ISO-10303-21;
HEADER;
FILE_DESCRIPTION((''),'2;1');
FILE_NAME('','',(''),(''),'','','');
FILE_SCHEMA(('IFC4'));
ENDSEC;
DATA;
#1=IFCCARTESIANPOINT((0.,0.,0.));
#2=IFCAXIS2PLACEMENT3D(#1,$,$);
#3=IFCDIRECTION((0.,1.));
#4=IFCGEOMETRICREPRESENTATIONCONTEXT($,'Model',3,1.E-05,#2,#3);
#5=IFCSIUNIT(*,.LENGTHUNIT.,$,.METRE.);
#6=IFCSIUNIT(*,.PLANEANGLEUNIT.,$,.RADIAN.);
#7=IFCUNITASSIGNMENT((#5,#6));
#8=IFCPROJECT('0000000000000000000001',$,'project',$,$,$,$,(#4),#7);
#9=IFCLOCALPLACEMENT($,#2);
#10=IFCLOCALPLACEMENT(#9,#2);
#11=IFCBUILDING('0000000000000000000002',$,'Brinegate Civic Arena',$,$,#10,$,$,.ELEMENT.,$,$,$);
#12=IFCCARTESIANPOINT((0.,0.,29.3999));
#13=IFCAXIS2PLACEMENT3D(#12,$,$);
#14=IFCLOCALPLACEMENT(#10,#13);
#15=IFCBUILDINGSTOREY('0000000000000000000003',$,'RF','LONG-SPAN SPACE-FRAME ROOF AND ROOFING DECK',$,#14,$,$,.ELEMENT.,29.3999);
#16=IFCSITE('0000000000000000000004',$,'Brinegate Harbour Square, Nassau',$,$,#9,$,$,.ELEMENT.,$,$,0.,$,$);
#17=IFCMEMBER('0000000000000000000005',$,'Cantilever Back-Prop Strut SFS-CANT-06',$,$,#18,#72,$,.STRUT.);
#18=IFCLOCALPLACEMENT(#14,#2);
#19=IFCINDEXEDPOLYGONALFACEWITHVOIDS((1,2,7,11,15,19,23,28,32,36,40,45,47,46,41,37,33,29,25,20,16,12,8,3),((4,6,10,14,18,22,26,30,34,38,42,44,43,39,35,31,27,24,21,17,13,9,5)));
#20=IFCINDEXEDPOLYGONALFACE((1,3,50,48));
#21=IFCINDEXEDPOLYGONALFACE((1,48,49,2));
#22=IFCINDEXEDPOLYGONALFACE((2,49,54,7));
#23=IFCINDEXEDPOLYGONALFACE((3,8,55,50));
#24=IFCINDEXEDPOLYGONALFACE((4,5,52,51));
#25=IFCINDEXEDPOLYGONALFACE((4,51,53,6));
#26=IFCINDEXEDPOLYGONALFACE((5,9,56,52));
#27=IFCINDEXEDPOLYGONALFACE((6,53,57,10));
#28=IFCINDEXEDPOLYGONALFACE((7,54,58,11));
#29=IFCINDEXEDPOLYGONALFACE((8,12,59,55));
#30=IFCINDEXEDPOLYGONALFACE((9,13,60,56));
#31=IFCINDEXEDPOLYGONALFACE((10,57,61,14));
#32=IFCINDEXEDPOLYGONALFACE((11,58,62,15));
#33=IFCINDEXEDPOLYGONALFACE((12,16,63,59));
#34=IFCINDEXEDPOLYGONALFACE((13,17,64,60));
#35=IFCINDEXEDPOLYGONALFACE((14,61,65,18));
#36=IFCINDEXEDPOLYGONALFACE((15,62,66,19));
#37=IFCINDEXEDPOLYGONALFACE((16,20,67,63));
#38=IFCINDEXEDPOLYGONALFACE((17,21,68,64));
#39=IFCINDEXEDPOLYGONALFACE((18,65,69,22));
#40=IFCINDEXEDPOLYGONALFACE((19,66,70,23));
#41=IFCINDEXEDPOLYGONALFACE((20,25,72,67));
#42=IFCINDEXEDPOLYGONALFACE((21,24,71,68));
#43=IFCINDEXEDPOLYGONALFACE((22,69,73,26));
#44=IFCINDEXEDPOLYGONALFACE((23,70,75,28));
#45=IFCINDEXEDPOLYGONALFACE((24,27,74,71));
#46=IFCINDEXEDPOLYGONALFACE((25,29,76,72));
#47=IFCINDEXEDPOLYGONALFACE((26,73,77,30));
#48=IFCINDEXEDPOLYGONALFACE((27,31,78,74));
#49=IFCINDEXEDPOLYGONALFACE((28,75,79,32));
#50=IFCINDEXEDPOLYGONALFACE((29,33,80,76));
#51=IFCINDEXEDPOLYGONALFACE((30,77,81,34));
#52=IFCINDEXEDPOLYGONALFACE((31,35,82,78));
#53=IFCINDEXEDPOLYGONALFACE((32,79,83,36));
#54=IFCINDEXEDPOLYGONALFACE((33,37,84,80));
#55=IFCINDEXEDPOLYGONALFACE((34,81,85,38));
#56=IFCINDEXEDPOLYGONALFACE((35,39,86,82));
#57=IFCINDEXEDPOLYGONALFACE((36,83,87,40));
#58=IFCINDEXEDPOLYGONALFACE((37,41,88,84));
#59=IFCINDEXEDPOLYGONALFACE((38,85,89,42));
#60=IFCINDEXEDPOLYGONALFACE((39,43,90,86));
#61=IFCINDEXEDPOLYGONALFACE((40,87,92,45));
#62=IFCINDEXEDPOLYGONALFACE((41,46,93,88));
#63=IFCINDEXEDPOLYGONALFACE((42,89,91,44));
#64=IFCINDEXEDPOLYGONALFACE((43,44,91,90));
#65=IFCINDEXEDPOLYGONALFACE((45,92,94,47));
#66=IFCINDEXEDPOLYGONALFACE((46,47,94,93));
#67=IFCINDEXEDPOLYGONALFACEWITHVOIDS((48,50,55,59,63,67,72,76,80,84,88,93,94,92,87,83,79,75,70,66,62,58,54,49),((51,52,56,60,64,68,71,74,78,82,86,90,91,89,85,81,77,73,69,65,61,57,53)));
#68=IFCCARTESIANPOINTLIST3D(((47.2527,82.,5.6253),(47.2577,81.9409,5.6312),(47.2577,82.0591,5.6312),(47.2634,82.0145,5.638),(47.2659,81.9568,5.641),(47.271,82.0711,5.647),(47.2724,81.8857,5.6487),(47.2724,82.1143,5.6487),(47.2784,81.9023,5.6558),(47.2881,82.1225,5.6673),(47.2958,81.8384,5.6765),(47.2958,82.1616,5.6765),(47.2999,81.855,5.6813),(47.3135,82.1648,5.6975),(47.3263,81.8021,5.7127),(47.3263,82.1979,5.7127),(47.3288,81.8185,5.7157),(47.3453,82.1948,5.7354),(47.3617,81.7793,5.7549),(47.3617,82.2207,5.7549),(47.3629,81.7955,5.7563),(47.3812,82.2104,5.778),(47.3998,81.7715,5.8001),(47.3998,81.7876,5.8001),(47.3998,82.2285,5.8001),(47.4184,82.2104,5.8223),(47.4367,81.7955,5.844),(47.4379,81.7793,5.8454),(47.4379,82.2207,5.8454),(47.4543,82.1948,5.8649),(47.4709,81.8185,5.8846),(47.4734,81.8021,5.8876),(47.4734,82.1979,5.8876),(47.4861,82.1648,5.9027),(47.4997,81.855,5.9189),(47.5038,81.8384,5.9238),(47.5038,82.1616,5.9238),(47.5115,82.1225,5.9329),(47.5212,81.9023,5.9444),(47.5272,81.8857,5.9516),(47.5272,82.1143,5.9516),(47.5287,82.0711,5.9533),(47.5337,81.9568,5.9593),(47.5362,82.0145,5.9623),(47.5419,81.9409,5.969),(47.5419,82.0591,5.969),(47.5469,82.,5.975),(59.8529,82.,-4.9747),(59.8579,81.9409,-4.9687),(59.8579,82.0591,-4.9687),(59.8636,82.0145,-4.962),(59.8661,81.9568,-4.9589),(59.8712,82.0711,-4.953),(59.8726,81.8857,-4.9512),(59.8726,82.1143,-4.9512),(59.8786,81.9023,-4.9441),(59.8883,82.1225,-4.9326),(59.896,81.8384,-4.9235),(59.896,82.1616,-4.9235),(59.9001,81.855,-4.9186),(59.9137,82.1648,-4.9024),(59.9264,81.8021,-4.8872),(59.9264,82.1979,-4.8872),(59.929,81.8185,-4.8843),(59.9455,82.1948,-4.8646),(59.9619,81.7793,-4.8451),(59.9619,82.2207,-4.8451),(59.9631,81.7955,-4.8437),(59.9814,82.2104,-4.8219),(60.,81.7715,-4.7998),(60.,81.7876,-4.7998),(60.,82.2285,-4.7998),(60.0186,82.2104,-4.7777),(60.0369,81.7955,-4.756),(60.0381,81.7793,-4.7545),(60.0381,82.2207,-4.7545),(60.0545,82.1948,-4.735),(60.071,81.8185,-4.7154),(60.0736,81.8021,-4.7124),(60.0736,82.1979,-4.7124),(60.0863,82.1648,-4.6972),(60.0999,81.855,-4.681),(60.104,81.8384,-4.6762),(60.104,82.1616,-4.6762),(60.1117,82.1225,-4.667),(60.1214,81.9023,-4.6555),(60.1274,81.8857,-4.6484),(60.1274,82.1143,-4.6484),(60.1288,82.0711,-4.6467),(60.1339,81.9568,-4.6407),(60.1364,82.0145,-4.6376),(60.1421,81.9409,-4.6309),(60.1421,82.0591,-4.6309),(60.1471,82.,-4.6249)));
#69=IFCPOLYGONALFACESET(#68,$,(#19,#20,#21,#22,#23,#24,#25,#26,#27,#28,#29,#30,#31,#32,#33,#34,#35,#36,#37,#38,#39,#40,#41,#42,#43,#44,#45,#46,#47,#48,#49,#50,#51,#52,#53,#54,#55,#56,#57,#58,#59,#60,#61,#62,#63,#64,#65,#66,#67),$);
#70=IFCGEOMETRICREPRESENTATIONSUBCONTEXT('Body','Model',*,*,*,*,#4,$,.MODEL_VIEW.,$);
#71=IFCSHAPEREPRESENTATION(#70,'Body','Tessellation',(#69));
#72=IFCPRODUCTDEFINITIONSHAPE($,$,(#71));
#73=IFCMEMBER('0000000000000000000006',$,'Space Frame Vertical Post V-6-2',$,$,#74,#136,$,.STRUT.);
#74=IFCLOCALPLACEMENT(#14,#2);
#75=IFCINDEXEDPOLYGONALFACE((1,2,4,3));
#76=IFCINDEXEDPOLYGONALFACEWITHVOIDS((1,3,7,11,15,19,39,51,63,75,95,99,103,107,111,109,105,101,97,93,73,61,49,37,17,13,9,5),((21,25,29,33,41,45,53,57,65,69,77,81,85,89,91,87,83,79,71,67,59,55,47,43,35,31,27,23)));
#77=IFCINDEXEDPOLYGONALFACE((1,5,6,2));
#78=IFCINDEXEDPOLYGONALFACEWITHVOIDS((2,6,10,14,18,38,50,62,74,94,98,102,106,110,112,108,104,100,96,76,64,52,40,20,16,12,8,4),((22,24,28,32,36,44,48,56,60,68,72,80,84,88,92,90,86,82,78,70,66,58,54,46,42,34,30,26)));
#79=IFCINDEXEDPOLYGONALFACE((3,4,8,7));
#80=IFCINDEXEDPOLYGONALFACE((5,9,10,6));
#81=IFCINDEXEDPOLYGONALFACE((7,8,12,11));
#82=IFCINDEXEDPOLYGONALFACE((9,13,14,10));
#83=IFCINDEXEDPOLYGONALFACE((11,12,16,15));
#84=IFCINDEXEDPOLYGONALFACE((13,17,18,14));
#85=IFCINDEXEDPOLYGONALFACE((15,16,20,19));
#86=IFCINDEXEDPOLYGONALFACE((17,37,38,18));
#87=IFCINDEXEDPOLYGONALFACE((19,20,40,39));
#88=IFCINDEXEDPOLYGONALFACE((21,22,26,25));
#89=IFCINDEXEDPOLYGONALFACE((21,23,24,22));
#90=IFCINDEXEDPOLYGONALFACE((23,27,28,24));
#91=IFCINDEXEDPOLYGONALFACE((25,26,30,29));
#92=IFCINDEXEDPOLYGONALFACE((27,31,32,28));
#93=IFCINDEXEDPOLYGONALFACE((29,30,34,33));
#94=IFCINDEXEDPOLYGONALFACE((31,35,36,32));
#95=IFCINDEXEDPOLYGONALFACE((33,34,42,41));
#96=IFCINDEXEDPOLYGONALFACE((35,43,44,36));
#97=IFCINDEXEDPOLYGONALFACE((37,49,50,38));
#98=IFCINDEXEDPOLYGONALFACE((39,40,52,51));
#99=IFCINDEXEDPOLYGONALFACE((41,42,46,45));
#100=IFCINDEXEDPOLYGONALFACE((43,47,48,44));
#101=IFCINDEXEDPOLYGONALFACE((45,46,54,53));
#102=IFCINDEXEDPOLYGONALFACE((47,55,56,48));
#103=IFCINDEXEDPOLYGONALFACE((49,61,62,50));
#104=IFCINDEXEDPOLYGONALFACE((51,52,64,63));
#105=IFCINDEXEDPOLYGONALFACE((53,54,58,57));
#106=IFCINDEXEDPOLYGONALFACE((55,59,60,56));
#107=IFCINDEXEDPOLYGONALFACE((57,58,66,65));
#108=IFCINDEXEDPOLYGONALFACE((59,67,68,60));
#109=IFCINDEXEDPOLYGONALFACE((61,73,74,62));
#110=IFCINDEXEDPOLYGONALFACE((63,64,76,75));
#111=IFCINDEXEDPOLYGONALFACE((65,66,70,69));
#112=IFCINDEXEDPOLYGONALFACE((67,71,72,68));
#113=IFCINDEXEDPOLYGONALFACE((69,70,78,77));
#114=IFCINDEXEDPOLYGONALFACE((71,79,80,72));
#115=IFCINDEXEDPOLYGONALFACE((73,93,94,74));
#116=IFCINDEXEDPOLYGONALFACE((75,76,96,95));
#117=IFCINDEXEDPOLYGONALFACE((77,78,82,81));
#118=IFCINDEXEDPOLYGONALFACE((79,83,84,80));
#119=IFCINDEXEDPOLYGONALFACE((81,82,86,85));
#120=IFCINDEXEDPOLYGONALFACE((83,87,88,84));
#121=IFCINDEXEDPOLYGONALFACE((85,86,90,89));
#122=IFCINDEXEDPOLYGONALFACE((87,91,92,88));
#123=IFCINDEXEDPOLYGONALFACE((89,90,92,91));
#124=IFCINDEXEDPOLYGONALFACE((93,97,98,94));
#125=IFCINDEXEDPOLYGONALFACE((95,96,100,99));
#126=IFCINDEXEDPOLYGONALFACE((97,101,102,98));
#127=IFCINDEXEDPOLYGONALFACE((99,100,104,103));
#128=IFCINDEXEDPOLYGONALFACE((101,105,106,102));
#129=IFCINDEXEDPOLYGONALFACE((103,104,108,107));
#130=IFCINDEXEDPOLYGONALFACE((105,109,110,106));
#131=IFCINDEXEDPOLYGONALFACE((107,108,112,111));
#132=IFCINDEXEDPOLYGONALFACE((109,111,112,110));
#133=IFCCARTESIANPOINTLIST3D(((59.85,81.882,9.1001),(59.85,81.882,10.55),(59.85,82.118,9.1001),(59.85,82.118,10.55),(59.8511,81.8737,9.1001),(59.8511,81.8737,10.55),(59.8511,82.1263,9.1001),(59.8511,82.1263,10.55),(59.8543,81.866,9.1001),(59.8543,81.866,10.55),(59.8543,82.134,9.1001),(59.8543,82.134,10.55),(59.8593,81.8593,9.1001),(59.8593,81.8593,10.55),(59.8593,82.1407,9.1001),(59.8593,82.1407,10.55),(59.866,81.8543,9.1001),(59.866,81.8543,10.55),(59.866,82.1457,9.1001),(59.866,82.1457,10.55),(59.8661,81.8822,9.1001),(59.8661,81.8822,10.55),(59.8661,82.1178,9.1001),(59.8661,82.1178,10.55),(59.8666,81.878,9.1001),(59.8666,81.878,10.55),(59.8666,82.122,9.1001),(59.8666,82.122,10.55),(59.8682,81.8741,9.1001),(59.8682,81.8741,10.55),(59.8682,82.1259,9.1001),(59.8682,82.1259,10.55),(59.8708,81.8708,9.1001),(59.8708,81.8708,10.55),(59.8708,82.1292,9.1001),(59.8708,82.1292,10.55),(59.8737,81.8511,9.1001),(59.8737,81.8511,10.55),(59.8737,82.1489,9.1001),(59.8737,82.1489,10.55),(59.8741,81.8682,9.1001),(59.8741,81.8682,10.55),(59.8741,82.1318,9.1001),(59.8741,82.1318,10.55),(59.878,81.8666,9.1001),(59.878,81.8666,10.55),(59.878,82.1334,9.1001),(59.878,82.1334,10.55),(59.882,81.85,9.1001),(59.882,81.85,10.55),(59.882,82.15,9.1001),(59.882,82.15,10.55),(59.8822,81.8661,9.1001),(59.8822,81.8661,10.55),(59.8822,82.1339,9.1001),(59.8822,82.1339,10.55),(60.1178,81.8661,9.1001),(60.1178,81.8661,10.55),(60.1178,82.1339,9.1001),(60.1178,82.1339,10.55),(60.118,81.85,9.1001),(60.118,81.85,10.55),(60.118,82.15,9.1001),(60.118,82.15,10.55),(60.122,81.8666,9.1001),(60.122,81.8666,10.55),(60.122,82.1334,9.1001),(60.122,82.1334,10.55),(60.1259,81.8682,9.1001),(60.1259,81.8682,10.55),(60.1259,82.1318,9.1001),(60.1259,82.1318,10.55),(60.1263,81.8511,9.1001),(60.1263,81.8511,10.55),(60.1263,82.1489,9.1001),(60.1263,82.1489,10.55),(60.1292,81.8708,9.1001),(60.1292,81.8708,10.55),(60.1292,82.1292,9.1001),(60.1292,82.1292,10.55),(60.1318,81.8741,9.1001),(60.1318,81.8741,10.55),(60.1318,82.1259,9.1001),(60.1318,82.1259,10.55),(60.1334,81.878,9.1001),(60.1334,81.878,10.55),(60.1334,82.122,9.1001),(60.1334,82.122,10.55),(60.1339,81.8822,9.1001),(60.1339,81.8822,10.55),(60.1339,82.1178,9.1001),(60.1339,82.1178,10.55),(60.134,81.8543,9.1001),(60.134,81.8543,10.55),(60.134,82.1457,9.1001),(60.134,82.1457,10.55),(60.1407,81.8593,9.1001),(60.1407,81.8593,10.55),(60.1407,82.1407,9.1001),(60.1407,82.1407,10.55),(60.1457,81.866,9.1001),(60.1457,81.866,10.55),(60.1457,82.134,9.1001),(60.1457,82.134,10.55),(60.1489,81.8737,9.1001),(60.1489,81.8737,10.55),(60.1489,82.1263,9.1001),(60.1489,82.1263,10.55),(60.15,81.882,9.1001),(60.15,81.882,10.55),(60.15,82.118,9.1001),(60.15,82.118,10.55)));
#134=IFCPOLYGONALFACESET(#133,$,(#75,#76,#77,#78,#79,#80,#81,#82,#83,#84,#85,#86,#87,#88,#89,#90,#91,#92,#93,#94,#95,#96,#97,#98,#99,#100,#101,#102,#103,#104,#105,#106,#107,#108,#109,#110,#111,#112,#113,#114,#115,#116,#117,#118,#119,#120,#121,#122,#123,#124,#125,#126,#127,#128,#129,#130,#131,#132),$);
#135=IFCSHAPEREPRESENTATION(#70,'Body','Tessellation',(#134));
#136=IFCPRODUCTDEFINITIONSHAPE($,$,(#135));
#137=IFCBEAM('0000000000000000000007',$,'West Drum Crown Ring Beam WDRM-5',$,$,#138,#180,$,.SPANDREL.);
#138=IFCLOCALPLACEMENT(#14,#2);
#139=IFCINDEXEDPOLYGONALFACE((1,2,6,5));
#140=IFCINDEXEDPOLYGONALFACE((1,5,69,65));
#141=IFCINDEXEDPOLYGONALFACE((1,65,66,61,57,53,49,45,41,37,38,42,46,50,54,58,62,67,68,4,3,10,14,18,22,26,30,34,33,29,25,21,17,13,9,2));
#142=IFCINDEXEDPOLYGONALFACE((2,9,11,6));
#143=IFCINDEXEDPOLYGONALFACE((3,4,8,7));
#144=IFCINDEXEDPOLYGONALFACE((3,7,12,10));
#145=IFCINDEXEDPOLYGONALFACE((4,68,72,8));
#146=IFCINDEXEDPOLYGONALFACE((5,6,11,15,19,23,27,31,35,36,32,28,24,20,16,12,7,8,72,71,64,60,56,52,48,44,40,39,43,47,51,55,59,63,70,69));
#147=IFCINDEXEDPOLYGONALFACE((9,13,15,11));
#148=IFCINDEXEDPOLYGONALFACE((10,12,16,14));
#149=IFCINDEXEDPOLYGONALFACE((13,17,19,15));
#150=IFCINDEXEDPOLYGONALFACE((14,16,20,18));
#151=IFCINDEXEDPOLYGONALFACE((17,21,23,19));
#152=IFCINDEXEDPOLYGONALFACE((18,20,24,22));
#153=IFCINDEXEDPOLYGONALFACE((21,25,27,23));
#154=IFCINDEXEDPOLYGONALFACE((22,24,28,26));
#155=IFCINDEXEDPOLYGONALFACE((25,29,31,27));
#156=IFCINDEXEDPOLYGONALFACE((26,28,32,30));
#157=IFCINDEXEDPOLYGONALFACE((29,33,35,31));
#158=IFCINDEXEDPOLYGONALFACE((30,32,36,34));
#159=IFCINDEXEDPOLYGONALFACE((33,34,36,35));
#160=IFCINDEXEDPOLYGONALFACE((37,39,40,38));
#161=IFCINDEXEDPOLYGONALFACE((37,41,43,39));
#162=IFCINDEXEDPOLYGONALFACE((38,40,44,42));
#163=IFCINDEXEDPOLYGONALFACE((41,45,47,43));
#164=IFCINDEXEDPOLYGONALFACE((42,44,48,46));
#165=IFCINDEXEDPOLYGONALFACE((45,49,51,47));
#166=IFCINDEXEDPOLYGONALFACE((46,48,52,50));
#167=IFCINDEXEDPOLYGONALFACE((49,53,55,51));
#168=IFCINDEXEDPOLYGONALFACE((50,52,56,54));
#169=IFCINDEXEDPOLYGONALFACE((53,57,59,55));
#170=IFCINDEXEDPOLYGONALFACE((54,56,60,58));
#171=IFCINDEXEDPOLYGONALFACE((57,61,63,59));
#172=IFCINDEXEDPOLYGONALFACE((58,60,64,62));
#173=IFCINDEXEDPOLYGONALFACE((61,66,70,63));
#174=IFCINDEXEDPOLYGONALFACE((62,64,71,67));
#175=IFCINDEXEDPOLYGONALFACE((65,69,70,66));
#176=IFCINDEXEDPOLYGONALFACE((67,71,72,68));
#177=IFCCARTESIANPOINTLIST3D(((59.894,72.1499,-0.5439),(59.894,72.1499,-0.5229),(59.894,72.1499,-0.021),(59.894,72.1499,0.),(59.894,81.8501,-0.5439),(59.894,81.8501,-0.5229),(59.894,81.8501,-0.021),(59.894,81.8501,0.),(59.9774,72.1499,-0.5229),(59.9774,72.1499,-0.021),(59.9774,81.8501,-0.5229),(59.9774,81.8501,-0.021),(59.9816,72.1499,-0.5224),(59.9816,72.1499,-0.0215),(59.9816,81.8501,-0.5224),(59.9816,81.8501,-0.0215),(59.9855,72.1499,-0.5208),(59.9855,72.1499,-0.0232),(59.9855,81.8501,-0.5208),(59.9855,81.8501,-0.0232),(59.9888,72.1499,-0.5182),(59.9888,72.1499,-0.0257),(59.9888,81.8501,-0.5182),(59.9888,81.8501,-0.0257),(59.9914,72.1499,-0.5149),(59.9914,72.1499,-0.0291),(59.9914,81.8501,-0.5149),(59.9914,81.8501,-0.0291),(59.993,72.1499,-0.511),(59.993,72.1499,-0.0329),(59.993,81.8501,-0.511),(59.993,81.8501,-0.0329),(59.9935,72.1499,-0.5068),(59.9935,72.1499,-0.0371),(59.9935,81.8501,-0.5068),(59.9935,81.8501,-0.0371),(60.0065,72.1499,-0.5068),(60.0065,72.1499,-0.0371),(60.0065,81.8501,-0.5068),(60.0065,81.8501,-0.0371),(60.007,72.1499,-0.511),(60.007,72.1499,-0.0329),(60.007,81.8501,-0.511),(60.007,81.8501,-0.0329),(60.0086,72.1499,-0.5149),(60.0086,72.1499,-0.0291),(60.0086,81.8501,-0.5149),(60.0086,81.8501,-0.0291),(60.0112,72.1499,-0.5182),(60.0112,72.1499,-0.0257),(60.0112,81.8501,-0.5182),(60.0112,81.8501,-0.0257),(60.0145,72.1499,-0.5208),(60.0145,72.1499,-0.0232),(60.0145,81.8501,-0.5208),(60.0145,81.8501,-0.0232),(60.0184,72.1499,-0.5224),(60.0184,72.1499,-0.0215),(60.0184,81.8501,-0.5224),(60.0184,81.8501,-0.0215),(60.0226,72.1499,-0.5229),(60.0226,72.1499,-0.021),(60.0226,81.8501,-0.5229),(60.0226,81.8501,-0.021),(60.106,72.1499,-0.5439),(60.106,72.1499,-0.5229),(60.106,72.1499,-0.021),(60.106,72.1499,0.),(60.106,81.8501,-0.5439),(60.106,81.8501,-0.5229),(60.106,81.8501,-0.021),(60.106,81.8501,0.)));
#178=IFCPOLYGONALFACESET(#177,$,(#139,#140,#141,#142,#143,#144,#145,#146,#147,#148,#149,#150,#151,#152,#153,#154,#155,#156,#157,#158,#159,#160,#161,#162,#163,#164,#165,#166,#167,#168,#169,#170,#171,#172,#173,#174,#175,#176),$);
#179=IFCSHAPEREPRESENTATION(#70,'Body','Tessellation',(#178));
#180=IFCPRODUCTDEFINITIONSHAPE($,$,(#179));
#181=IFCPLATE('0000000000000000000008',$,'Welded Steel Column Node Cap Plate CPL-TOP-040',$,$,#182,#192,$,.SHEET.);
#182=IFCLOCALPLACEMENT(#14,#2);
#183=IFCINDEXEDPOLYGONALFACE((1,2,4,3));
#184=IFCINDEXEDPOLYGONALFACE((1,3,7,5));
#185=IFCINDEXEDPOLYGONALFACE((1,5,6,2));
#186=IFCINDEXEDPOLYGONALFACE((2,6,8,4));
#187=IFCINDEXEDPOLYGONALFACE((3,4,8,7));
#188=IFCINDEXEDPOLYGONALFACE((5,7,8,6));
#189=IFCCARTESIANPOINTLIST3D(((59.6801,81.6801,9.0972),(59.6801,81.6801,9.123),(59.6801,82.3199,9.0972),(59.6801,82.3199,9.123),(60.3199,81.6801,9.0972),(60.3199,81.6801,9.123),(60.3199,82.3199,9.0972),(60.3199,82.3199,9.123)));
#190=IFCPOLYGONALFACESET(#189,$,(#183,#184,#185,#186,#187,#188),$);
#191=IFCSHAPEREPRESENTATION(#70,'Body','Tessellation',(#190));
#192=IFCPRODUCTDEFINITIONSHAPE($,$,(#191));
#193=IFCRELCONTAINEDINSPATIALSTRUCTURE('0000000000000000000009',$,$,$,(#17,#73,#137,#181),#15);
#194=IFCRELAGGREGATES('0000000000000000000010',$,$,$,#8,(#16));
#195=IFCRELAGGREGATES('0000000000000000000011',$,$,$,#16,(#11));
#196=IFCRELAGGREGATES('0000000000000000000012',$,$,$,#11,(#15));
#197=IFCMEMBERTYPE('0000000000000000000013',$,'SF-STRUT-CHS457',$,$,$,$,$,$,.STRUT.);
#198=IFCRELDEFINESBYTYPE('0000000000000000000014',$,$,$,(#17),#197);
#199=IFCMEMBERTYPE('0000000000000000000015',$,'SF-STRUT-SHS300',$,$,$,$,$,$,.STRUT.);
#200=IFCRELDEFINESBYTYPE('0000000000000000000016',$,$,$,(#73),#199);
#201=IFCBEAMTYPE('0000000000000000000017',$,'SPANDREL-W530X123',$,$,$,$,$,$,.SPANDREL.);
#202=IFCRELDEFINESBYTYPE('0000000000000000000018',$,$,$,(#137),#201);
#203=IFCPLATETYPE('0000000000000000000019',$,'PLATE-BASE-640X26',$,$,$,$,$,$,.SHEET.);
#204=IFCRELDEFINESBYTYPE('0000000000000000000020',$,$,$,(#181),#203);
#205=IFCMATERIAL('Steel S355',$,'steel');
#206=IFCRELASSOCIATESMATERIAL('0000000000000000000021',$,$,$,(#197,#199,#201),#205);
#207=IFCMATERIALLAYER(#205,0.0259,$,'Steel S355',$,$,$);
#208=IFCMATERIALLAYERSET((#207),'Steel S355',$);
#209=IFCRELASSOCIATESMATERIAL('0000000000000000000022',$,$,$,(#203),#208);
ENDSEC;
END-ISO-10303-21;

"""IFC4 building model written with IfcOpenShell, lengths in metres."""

from ifc_helpers import new_model, si_unit, direction, frame, origin, origin_2d, place, context, subcontext, project, spatial, rectangle, hollow_rectangle, hollow_circle, i_section, extrude, material, layer, layer_set, material_profile, profile_set, type_object, element, save


model = new_model("IFC4")

# Units and contexts
model_context = context("Model", 3, precision=1e-05, world=origin(), true_north=direction((0.0, 1.0)))
body_context = subcontext(model_context, "Body", "Model", "MODEL_VIEW")
ifc_project = project(units=[si_unit("LENGTHUNIT", "METRE"), si_unit("PLANEANGLEUNIT", "RADIAN")], contexts=[model_context])

# Site, building, storey
site_placement = place(None, origin())
site = spatial("IfcSite", under=ifc_project, at=site_placement, Name="Brinegate Harbour Square, Nassau", CompositionType="ELEMENT", RefElevation=0.0)
building_placement = place(site_placement, origin())
building = spatial("IfcBuilding", under=site, at=building_placement, Name="Brinegate Civic Arena", CompositionType="ELEMENT")
storey_placement = place(building_placement, frame((0.0, 0.0, 29.3999)))
storey = spatial("IfcBuildingStorey", under=building, at=storey_placement, Name="RF", Description="LONG-SPAN SPACE-FRAME ROOF AND ROOFING DECK", CompositionType="ELEMENT", Elevation=29.3999)

# Shared definitions
ifc_material_1 = material(Name="Steel S355", Category="steel")

# Members
ifc_material_profile_1 = material_profile(ifc_material_1, hollow_circle(Radius=0.2285, WallThickness=0.0161, at=origin_2d()), Name="CHS457X16")
ifc_profile_set_1 = profile_set([ifc_material_profile_1], Name="Steel S355")
member_type_1 = type_object("IfcMemberType", Name="SF-STRUT-CHS457", PredefinedType="STRUT", material=ifc_profile_set_1)
member_1_placement = place(storey_placement, frame((60.0, 82.0, -4.7998), z_axis=(-0.765233, 0.0, 0.643753), x_axis=(0.0, -1.0, 0.0)))
element("IfcMember", 1, at=member_1_placement, inside=storey, type_object=member_type_1, Name="Cantilever Back-Prop Strut SFS-CANT-06", PredefinedType="STRUT", context=body_context, shape_type="SweptSolid", body=[
    extrude(hollow_circle(Radius=0.2285, WallThickness=0.0161, at=origin_2d()), origin(), (0.0, 0.0, 1.0), 16.4658),
])
ifc_material_profile_2 = material_profile(ifc_material_1, hollow_rectangle(XDim=0.3, YDim=0.3, WallThickness=0.0161, InnerFilletRadius=0.0161, OuterFilletRadius=0.032, at=origin_2d()), Name="SHS300X16")
ifc_profile_set_2 = profile_set([ifc_material_profile_2], Name="Steel S355")
member_type_2 = type_object("IfcMemberType", Name="SF-STRUT-SHS300", PredefinedType="STRUT", material=ifc_profile_set_2)
member_2_placement = place(storey_placement, frame((60.0, 82.0, 9.1001), z_axis=(0.0, 0.0, 1.0), x_axis=(1.0, 0.0, 0.0)))
element("IfcMember", 2, at=member_2_placement, inside=storey, type_object=member_type_2, Name="Space Frame Vertical Post V-6-2", PredefinedType="STRUT", context=body_context, shape_type="SweptSolid", body=[
    extrude(hollow_rectangle(XDim=0.3, YDim=0.3, WallThickness=0.0161, InnerFilletRadius=0.0161, OuterFilletRadius=0.032, at=origin_2d()), origin(), (0.0, 0.0, 1.0), 1.45),
])

# Beam
ifc_material_profile_3 = material_profile(ifc_material_1, i_section(OverallWidth=0.2119, OverallDepth=0.5439, WebThickness=0.0129, FlangeThickness=0.021, FilletRadius=0.0161, at=origin_2d()), Name="W530X123")
ifc_profile_set_3 = profile_set([ifc_material_profile_3], Name="Steel S355")
beam_type = type_object("IfcBeamType", Name="SPANDREL-W530X123", PredefinedType="SPANDREL", material=ifc_profile_set_3)
beam_placement = place(storey_placement, frame((60.0, 72.1499, -0.272), z_axis=(0.0, 1.0, 0.0), x_axis=(-1.0, 0.0, 0.0)))
element("IfcBeam", 3, at=beam_placement, inside=storey, type_object=beam_type, Name="West Drum Crown Ring Beam WDRM-5", PredefinedType="SPANDREL", context=body_context, shape_type="SweptSolid", body=[
    extrude(i_section(OverallWidth=0.2119, OverallDepth=0.5439, WebThickness=0.0129, FlangeThickness=0.021, FilletRadius=0.0161, at=origin_2d()), origin(), (0.0, 0.0, 1.0), 9.7002),
])

# Plate
ifc_layer_1 = layer(ifc_material_1, 0.0259, Name="Steel S355")
ifc_layer_set_1 = layer_set([ifc_layer_1], Name="Steel S355")
plate_type_1 = type_object("IfcPlateType", Name="PLATE-BASE-640X26", PredefinedType="SHEET", material=ifc_layer_set_1)
plate_1_placement = place(storey_placement, frame((60.0, 82.0, 9.0972), z_axis=(0.0, 0.0, 1.0), x_axis=(1.0, 0.0, 0.0)))
element("IfcPlate", 4, at=plate_1_placement, inside=storey, type_object=plate_type_1, Name="Welded Steel Column Node Cap Plate CPL-TOP-040", PredefinedType="SHEET", context=body_context, shape_type="SweptSolid", body=[
    extrude(rectangle(XDim=0.6399, YDim=0.6399, at=origin_2d()), origin(), (0.0, 0.0, 1.0), 0.0259),
])

save(model, "model.ifc")
